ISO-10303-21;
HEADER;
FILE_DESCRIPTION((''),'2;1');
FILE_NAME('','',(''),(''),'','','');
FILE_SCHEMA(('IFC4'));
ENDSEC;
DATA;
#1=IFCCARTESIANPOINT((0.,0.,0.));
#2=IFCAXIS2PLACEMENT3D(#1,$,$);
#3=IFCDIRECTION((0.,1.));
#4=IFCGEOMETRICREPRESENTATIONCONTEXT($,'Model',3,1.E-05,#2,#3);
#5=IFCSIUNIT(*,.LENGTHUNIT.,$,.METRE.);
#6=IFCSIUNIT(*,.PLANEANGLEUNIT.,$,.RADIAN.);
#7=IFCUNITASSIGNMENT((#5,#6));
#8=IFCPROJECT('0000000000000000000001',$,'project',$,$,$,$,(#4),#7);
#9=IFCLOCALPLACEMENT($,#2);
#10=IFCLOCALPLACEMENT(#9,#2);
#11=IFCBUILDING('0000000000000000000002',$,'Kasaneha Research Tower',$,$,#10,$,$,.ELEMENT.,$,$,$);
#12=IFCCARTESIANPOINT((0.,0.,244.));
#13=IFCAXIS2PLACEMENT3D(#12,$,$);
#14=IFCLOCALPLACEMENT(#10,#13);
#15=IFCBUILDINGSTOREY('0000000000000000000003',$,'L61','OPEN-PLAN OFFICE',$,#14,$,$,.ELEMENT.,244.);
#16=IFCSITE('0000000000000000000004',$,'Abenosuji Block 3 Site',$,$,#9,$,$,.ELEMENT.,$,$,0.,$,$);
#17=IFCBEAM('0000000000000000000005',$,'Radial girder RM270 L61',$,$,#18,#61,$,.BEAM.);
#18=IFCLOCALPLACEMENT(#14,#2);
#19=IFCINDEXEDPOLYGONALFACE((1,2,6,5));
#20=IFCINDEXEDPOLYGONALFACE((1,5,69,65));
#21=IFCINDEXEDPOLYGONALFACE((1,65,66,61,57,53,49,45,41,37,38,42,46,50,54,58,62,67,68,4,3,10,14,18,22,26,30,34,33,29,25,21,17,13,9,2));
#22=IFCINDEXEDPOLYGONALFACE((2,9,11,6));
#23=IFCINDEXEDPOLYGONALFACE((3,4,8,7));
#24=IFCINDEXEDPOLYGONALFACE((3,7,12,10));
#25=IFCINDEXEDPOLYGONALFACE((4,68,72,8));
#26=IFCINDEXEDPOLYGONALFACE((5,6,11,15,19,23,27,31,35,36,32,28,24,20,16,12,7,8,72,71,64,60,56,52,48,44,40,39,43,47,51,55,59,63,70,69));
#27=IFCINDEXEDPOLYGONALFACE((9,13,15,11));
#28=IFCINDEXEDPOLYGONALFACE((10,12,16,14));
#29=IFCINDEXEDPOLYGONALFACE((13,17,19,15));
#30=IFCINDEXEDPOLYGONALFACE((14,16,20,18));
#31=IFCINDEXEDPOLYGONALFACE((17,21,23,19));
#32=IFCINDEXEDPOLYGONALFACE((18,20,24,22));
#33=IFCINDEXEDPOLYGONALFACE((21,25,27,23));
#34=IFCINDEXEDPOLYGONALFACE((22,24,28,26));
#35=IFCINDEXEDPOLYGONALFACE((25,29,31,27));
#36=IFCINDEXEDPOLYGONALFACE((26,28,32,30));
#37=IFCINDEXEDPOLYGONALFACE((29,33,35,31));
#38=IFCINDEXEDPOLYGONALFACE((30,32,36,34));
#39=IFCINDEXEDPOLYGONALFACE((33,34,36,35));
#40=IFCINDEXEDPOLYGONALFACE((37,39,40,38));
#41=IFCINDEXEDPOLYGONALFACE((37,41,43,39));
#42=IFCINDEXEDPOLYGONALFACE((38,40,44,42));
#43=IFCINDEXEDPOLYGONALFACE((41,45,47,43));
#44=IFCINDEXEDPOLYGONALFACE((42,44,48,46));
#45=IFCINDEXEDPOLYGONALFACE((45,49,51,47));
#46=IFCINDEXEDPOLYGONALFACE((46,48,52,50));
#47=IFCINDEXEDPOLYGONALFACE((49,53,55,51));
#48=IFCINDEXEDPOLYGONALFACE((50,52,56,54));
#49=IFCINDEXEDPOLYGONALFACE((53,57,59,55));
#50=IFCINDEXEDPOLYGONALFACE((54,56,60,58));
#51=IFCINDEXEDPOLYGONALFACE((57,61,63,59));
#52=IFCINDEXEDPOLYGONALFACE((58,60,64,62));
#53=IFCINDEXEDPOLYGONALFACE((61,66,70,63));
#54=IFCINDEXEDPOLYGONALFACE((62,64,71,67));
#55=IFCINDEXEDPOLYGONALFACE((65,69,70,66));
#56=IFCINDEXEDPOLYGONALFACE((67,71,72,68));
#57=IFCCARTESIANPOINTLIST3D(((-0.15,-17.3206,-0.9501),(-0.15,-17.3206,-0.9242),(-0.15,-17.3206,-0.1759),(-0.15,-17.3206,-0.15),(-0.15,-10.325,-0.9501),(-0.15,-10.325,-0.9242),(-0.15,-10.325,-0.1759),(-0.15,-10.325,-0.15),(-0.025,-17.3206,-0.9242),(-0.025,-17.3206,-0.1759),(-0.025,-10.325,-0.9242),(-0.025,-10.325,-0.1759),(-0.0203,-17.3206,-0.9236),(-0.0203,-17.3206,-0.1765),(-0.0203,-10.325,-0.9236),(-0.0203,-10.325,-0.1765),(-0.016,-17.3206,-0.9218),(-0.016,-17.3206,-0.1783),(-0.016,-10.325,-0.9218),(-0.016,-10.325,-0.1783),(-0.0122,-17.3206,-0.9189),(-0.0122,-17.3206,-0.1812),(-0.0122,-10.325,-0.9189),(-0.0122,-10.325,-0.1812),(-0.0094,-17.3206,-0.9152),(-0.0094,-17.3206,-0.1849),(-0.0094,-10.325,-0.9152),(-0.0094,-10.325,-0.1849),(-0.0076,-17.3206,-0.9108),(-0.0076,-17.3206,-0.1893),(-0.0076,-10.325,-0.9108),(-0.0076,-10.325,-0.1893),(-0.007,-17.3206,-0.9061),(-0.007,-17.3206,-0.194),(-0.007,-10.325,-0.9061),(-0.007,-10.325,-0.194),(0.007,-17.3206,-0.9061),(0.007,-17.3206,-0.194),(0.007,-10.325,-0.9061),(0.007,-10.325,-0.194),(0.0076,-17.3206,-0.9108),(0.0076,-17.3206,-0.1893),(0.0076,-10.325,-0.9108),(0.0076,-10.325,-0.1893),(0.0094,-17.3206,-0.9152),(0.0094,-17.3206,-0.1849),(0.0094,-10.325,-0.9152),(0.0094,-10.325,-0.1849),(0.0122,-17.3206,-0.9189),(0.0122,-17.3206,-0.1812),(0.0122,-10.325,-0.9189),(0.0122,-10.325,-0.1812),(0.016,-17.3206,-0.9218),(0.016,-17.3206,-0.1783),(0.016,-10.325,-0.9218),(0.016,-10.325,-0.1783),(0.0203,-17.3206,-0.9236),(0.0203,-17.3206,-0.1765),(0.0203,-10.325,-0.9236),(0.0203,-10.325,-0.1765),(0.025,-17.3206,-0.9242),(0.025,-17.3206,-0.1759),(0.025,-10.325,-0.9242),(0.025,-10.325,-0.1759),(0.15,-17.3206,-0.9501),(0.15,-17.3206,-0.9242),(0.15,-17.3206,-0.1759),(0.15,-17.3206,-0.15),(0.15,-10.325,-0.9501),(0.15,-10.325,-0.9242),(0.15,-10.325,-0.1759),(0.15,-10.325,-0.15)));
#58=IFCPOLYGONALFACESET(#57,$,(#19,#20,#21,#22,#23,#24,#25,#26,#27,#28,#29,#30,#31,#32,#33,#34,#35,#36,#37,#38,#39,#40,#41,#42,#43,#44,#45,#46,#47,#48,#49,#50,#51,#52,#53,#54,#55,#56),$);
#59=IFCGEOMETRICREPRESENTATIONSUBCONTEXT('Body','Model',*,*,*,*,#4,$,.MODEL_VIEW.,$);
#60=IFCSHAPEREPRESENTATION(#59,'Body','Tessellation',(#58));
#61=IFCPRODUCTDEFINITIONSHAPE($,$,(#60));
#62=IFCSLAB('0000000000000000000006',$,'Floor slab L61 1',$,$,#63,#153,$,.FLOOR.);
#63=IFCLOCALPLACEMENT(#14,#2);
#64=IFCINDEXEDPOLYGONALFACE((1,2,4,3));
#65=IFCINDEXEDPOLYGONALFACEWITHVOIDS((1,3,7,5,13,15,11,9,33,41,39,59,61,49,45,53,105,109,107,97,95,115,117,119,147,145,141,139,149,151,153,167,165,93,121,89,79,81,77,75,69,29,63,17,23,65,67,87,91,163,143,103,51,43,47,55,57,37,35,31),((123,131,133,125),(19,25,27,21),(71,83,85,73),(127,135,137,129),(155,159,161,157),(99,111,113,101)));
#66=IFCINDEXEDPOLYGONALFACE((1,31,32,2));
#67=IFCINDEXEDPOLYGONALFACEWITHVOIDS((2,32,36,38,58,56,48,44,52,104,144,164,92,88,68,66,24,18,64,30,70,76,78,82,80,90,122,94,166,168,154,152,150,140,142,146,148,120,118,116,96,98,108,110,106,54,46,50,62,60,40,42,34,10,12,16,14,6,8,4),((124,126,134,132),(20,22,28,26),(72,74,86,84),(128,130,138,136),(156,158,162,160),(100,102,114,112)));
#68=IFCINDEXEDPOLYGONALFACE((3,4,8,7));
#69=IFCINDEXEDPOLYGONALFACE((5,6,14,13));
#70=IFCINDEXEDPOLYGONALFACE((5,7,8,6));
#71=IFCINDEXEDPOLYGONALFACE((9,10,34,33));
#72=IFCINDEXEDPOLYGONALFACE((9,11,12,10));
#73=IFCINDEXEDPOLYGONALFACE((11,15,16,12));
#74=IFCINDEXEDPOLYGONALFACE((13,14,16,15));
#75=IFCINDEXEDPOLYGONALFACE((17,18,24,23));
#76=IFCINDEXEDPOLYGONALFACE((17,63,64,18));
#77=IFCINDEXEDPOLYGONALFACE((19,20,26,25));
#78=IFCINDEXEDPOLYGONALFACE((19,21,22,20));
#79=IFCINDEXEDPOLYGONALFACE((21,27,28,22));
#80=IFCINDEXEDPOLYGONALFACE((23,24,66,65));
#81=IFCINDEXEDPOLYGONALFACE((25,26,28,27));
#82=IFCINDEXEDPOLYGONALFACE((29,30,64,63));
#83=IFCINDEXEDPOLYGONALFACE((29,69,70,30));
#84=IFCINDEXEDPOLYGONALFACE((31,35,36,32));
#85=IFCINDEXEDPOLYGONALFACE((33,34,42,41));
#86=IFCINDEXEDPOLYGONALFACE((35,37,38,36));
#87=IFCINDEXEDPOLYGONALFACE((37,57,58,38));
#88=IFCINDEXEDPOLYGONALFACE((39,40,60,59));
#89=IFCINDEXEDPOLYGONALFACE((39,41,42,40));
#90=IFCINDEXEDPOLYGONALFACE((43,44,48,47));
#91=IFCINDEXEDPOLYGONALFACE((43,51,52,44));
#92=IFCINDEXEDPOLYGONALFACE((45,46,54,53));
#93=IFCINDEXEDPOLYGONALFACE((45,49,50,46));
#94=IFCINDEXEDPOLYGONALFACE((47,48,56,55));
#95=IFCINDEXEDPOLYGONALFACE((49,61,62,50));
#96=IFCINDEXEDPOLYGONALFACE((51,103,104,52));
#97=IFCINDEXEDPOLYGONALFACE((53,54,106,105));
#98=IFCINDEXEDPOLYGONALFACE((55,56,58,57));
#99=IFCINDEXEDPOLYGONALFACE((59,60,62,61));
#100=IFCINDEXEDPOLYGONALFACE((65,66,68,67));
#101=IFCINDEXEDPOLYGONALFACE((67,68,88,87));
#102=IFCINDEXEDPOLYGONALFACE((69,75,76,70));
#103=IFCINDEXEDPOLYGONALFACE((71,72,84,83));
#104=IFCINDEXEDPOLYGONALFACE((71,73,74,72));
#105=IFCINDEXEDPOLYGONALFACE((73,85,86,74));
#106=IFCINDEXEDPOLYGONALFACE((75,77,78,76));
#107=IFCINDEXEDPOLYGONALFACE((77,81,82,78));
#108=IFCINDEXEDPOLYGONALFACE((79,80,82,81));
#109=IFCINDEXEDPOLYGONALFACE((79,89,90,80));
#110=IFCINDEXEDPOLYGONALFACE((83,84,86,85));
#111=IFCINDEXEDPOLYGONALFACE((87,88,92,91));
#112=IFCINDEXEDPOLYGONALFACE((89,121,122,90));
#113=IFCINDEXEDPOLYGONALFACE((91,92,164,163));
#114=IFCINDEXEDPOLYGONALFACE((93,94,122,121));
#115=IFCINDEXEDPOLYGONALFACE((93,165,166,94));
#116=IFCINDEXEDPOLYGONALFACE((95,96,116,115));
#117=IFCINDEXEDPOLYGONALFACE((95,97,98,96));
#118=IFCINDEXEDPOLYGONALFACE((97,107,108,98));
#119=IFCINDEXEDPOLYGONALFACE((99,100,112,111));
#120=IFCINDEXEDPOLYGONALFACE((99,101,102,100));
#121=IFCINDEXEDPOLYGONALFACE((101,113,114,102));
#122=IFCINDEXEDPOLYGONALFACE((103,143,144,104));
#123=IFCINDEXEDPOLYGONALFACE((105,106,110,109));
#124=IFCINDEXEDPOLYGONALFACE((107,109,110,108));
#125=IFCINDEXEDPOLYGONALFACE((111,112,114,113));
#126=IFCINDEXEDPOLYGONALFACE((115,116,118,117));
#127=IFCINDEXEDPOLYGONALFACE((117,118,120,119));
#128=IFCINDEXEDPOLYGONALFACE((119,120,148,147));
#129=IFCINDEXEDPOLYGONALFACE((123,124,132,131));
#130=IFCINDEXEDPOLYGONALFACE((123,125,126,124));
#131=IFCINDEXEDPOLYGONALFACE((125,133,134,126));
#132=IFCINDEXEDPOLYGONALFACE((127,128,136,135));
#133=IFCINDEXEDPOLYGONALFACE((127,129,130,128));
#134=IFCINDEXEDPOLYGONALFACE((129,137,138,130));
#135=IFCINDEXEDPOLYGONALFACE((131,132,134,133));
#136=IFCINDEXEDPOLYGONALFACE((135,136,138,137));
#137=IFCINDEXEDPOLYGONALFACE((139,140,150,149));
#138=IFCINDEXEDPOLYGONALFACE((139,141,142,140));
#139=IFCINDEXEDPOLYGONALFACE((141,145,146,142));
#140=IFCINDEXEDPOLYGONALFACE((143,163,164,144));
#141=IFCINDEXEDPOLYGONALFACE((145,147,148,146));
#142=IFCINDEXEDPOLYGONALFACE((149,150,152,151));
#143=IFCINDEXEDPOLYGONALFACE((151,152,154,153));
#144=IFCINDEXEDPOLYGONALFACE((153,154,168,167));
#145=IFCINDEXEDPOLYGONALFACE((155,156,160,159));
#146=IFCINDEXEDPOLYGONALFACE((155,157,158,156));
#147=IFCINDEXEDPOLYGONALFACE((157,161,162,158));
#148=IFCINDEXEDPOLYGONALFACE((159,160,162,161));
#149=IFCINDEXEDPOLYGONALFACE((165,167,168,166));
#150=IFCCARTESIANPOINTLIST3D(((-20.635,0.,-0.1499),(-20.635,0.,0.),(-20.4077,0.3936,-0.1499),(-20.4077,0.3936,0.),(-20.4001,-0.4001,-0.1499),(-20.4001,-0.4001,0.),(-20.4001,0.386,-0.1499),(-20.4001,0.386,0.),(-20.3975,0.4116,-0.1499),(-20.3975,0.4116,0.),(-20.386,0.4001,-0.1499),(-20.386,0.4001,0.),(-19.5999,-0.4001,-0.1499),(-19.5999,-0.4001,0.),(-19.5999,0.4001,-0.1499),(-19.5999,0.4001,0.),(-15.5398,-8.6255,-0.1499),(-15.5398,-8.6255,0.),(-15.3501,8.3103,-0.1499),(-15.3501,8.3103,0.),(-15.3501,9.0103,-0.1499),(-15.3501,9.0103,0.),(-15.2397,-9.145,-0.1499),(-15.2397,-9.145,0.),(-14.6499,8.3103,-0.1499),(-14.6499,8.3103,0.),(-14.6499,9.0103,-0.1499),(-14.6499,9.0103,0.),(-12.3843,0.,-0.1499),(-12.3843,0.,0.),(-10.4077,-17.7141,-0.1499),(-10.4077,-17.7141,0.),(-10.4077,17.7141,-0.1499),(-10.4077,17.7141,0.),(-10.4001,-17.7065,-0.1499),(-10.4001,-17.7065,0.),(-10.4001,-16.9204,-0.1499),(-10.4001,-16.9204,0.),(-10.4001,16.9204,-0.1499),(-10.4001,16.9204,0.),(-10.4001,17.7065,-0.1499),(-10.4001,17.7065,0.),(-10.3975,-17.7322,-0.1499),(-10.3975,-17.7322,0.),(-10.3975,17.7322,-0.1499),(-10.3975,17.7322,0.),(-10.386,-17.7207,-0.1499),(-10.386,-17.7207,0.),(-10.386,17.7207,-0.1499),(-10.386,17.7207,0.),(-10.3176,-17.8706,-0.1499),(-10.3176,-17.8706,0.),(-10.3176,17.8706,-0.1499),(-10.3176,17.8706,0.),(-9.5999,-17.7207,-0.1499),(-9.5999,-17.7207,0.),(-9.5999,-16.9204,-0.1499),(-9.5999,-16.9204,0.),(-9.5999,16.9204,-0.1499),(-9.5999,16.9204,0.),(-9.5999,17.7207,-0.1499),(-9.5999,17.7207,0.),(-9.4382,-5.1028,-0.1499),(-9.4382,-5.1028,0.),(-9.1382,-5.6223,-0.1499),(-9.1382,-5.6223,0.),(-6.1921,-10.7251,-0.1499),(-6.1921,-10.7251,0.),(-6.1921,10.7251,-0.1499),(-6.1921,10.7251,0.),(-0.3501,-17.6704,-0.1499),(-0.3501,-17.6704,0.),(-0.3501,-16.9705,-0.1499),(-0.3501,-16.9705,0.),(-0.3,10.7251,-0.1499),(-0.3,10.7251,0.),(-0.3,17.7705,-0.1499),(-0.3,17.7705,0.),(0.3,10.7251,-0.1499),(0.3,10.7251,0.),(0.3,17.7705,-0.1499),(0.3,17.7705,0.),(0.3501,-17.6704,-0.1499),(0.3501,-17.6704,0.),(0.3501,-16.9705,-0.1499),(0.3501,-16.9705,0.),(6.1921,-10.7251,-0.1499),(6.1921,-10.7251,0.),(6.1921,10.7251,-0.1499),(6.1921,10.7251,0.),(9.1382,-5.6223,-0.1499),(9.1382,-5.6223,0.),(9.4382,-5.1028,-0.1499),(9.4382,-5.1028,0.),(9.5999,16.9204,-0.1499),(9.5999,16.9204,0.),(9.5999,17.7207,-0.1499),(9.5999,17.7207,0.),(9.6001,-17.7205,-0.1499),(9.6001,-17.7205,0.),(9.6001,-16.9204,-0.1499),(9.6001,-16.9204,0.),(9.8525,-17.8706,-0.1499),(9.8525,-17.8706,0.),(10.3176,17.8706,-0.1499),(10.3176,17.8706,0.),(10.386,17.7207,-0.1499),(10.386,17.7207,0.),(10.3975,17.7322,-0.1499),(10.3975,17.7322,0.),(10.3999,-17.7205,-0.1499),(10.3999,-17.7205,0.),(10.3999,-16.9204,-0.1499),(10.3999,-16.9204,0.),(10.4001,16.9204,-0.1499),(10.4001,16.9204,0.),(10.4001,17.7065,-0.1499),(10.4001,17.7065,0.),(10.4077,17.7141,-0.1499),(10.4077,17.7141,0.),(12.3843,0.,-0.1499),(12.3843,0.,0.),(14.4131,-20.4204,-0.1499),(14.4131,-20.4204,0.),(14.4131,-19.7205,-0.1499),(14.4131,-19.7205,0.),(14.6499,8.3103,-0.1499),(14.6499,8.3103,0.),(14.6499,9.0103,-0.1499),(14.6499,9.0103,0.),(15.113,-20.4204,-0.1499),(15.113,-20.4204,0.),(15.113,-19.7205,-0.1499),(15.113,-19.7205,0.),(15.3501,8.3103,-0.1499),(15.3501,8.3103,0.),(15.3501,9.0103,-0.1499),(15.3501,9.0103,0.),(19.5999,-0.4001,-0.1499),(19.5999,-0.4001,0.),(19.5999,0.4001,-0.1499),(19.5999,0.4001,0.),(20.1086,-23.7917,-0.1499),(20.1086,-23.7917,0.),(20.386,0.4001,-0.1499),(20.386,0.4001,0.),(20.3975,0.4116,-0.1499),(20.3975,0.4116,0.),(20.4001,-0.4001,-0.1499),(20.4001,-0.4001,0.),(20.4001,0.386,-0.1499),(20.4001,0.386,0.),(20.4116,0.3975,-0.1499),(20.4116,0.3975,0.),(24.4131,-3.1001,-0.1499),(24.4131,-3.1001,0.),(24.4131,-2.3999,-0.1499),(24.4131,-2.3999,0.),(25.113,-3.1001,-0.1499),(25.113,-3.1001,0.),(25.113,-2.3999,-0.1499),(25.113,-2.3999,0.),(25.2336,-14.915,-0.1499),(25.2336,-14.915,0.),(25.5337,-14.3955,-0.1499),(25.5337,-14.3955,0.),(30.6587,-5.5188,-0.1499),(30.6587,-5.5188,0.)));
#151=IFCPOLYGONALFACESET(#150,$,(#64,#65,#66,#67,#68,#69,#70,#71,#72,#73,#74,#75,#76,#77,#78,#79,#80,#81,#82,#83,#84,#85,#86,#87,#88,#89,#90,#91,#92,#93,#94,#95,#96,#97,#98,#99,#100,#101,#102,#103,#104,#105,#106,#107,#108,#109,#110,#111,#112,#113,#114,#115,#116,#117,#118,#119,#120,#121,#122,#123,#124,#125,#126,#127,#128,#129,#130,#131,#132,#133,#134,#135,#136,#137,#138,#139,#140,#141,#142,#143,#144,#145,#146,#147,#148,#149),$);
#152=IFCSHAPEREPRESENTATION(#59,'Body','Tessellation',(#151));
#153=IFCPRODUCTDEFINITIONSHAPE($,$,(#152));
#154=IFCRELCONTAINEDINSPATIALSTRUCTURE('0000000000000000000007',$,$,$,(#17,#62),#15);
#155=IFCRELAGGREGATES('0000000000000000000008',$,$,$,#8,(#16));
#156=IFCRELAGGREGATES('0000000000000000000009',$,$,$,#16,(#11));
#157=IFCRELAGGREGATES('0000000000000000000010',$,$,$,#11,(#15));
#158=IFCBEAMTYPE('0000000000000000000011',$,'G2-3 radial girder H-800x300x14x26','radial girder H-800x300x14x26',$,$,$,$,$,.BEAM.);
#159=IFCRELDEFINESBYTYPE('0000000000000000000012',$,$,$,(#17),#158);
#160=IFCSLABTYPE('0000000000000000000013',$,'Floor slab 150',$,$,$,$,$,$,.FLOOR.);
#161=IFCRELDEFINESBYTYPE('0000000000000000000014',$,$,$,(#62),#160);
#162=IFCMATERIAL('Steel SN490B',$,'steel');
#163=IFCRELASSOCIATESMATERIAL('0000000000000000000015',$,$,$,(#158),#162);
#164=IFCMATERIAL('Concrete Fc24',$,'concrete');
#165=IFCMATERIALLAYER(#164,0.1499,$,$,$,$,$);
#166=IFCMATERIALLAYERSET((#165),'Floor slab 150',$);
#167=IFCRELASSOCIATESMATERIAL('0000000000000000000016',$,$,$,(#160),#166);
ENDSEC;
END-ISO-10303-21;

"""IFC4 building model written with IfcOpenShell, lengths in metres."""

from ifc_helpers import new_model, si_unit, direction, frame, origin, origin_2d, place, context, subcontext, project, spatial, polyline, i_section, outline, extrude, material, layer, layer_set, material_profile, profile_set, type_object, element, save


model = new_model("IFC4")

# Units and contexts
model_context = context("Model", 3, precision=1e-05, world=origin(), true_north=direction((0.0, 1.0)))
body_context = subcontext(model_context, "Body", "Model", "MODEL_VIEW")
ifc_project = project(units=[si_unit("LENGTHUNIT", "METRE"), si_unit("PLANEANGLEUNIT", "RADIAN")], contexts=[model_context])

# Site, building, storey
site_placement = place(None, origin())
site = spatial("IfcSite", under=ifc_project, at=site_placement, Name="Abenosuji Block 3 Site", CompositionType="ELEMENT", RefElevation=0.0)
building_placement = place(site_placement, origin())
building = spatial("IfcBuilding", under=site, at=building_placement, Name="Kasaneha Research Tower", CompositionType="ELEMENT")
storey_placement = place(building_placement, frame((0.0, 0.0, 244.0)))
storey = spatial("IfcBuildingStorey", under=building, at=storey_placement, Name="L61", Description="OPEN-PLAN OFFICE", CompositionType="ELEMENT", Elevation=244.0)

# Beam
ifc_material_1 = material(Name="Steel SN490B", Category="steel")
ifc_material_profile = material_profile(ifc_material_1, i_section(OverallWidth=0.3, OverallDepth=0.8, WebThickness=0.0139, FlangeThickness=0.0259, FilletRadius=0.0181, at=origin_2d()), Name="H-800x300x14x26")
ifc_profile_set = profile_set([ifc_material_profile], Name="Steel SN490B")
beam_type = type_object("IfcBeamType", Name="G2-3 radial girder H-800x300x14x26", Description="radial girder H-800x300x14x26", PredefinedType="BEAM", material=ifc_profile_set)
beam_placement = place(storey_placement, frame((0.0, -10.325, -0.55), z_axis=(0.0, -1.0, 0.0), x_axis=(1.0, 0.0, 0.0)))
element("IfcBeam", 1, at=beam_placement, inside=storey, type_object=beam_type, Name="Radial girder RM270 L61", PredefinedType="BEAM", context=body_context, shape_type="SweptSolid", body=[
    extrude(i_section(OverallWidth=0.3, OverallDepth=0.8, WebThickness=0.0139, FlangeThickness=0.0259, FilletRadius=0.0181, at=origin_2d()), origin(), (0.0, 0.0, 1.0), 6.9956),
])

# Slab
ifc_material_2 = material(Name="Concrete Fc24", Category="concrete")
ifc_layer_1 = layer(ifc_material_2, 0.1499)
ifc_layer_set_1 = layer_set([ifc_layer_1], Name="Floor slab 150")
slab_type = type_object("IfcSlabType", Name="Floor slab 150", PredefinedType="FLOOR", material=ifc_layer_set_1)
slab_placement = place(storey_placement, frame((0.0, 0.0, -0.1499)))
element("IfcSlab", 2, at=slab_placement, inside=storey, type_object=slab_type, Name="Floor slab L61 1", PredefinedType="FLOOR", context=body_context, shape_type="SweptSolid", body=[
    extrude(outline(polyline([(-10.3176, -17.8706), (-10.3975, -17.7322), (-10.386, -17.7207), (-9.5999, -17.7207), (-9.5999, -16.9204), (-10.4001, -16.9204), (-10.4001, -17.7065), (-10.4077, -17.7141), (-20.635, 0.0), (-20.4077, 0.3936), (-20.4001, 0.386), (-20.4001, -0.4001), (-19.5999, -0.4001), (-19.5999, 0.4001), (-20.386, 0.4001), (-20.3975, 0.4116), (-10.4077, 17.7141), (-10.4001, 17.7065), (-10.4001, 16.9204), (-9.5999, 16.9204), (-9.5999, 17.7207), (-10.386, 17.7207), (-10.3975, 17.7322), (-10.3176, 17.8706), (10.3176, 17.8706), (10.3975, 17.7322), (10.386, 17.7207), (9.5999, 17.7207), (9.5999, 16.9204), (10.4001, 16.9204), (10.4001, 17.7065), (10.4077, 17.7141), (20.3975, 0.4116), (20.386, 0.4001), (19.5999, 0.4001), (19.5999, -0.4001), (20.4001, -0.4001), (20.4001, 0.386), (20.4116, 0.3975), (30.6587, -5.5188), (25.5337, -14.3955), (9.4382, -5.1028), (12.3843, 0.0), (6.1921, 10.7251), (0.3, 10.7251), (0.3, 17.7705), (-0.3, 17.7705), (-0.3, 10.7251), (-6.1921, 10.7251), (-12.3843, 0.0), (-9.4382, -5.1028), (-15.5398, -8.6255), (-15.2397, -9.145), (-9.1382, -5.6223), (-6.1921, -10.7251), (6.1921, -10.7251), (9.1382, -5.6223), (25.2336, -14.915), (20.1086, -23.7917), (9.8525, -17.8706), (-10.3176, -17.8706)]), holes=[polyline([(-0.3501, -17.6704), (0.3501, -17.6704), (0.3501, -16.9705), (-0.3501, -16.9705), (-0.3501, -17.6704)]), polyline([(-15.3501, 8.3103), (-14.6499, 8.3103), (-14.6499, 9.0103), (-15.3501, 9.0103), (-15.3501, 8.3103)]), polyline([(14.4131, -20.4204), (15.113, -20.4204), (15.113, -19.7205), (14.4131, -19.7205), (14.4131, -20.4204)]), polyline([(9.6001, -17.7205), (10.3999, -17.7205), (10.3999, -16.9204), (9.6001, -16.9204), (9.6001, -17.7205)]), polyline([(24.4131, -3.1001), (25.113, -3.1001), (25.113, -2.3999), (24.4131, -2.3999), (24.4131, -3.1001)]), polyline([(14.6499, 9.0103), (14.6499, 8.3103), (15.3501, 8.3103), (15.3501, 9.0103), (14.6499, 9.0103)])]), origin(), (0.0, 0.0, 1.0), 0.1499),
])

save(model, "model.ifc")
